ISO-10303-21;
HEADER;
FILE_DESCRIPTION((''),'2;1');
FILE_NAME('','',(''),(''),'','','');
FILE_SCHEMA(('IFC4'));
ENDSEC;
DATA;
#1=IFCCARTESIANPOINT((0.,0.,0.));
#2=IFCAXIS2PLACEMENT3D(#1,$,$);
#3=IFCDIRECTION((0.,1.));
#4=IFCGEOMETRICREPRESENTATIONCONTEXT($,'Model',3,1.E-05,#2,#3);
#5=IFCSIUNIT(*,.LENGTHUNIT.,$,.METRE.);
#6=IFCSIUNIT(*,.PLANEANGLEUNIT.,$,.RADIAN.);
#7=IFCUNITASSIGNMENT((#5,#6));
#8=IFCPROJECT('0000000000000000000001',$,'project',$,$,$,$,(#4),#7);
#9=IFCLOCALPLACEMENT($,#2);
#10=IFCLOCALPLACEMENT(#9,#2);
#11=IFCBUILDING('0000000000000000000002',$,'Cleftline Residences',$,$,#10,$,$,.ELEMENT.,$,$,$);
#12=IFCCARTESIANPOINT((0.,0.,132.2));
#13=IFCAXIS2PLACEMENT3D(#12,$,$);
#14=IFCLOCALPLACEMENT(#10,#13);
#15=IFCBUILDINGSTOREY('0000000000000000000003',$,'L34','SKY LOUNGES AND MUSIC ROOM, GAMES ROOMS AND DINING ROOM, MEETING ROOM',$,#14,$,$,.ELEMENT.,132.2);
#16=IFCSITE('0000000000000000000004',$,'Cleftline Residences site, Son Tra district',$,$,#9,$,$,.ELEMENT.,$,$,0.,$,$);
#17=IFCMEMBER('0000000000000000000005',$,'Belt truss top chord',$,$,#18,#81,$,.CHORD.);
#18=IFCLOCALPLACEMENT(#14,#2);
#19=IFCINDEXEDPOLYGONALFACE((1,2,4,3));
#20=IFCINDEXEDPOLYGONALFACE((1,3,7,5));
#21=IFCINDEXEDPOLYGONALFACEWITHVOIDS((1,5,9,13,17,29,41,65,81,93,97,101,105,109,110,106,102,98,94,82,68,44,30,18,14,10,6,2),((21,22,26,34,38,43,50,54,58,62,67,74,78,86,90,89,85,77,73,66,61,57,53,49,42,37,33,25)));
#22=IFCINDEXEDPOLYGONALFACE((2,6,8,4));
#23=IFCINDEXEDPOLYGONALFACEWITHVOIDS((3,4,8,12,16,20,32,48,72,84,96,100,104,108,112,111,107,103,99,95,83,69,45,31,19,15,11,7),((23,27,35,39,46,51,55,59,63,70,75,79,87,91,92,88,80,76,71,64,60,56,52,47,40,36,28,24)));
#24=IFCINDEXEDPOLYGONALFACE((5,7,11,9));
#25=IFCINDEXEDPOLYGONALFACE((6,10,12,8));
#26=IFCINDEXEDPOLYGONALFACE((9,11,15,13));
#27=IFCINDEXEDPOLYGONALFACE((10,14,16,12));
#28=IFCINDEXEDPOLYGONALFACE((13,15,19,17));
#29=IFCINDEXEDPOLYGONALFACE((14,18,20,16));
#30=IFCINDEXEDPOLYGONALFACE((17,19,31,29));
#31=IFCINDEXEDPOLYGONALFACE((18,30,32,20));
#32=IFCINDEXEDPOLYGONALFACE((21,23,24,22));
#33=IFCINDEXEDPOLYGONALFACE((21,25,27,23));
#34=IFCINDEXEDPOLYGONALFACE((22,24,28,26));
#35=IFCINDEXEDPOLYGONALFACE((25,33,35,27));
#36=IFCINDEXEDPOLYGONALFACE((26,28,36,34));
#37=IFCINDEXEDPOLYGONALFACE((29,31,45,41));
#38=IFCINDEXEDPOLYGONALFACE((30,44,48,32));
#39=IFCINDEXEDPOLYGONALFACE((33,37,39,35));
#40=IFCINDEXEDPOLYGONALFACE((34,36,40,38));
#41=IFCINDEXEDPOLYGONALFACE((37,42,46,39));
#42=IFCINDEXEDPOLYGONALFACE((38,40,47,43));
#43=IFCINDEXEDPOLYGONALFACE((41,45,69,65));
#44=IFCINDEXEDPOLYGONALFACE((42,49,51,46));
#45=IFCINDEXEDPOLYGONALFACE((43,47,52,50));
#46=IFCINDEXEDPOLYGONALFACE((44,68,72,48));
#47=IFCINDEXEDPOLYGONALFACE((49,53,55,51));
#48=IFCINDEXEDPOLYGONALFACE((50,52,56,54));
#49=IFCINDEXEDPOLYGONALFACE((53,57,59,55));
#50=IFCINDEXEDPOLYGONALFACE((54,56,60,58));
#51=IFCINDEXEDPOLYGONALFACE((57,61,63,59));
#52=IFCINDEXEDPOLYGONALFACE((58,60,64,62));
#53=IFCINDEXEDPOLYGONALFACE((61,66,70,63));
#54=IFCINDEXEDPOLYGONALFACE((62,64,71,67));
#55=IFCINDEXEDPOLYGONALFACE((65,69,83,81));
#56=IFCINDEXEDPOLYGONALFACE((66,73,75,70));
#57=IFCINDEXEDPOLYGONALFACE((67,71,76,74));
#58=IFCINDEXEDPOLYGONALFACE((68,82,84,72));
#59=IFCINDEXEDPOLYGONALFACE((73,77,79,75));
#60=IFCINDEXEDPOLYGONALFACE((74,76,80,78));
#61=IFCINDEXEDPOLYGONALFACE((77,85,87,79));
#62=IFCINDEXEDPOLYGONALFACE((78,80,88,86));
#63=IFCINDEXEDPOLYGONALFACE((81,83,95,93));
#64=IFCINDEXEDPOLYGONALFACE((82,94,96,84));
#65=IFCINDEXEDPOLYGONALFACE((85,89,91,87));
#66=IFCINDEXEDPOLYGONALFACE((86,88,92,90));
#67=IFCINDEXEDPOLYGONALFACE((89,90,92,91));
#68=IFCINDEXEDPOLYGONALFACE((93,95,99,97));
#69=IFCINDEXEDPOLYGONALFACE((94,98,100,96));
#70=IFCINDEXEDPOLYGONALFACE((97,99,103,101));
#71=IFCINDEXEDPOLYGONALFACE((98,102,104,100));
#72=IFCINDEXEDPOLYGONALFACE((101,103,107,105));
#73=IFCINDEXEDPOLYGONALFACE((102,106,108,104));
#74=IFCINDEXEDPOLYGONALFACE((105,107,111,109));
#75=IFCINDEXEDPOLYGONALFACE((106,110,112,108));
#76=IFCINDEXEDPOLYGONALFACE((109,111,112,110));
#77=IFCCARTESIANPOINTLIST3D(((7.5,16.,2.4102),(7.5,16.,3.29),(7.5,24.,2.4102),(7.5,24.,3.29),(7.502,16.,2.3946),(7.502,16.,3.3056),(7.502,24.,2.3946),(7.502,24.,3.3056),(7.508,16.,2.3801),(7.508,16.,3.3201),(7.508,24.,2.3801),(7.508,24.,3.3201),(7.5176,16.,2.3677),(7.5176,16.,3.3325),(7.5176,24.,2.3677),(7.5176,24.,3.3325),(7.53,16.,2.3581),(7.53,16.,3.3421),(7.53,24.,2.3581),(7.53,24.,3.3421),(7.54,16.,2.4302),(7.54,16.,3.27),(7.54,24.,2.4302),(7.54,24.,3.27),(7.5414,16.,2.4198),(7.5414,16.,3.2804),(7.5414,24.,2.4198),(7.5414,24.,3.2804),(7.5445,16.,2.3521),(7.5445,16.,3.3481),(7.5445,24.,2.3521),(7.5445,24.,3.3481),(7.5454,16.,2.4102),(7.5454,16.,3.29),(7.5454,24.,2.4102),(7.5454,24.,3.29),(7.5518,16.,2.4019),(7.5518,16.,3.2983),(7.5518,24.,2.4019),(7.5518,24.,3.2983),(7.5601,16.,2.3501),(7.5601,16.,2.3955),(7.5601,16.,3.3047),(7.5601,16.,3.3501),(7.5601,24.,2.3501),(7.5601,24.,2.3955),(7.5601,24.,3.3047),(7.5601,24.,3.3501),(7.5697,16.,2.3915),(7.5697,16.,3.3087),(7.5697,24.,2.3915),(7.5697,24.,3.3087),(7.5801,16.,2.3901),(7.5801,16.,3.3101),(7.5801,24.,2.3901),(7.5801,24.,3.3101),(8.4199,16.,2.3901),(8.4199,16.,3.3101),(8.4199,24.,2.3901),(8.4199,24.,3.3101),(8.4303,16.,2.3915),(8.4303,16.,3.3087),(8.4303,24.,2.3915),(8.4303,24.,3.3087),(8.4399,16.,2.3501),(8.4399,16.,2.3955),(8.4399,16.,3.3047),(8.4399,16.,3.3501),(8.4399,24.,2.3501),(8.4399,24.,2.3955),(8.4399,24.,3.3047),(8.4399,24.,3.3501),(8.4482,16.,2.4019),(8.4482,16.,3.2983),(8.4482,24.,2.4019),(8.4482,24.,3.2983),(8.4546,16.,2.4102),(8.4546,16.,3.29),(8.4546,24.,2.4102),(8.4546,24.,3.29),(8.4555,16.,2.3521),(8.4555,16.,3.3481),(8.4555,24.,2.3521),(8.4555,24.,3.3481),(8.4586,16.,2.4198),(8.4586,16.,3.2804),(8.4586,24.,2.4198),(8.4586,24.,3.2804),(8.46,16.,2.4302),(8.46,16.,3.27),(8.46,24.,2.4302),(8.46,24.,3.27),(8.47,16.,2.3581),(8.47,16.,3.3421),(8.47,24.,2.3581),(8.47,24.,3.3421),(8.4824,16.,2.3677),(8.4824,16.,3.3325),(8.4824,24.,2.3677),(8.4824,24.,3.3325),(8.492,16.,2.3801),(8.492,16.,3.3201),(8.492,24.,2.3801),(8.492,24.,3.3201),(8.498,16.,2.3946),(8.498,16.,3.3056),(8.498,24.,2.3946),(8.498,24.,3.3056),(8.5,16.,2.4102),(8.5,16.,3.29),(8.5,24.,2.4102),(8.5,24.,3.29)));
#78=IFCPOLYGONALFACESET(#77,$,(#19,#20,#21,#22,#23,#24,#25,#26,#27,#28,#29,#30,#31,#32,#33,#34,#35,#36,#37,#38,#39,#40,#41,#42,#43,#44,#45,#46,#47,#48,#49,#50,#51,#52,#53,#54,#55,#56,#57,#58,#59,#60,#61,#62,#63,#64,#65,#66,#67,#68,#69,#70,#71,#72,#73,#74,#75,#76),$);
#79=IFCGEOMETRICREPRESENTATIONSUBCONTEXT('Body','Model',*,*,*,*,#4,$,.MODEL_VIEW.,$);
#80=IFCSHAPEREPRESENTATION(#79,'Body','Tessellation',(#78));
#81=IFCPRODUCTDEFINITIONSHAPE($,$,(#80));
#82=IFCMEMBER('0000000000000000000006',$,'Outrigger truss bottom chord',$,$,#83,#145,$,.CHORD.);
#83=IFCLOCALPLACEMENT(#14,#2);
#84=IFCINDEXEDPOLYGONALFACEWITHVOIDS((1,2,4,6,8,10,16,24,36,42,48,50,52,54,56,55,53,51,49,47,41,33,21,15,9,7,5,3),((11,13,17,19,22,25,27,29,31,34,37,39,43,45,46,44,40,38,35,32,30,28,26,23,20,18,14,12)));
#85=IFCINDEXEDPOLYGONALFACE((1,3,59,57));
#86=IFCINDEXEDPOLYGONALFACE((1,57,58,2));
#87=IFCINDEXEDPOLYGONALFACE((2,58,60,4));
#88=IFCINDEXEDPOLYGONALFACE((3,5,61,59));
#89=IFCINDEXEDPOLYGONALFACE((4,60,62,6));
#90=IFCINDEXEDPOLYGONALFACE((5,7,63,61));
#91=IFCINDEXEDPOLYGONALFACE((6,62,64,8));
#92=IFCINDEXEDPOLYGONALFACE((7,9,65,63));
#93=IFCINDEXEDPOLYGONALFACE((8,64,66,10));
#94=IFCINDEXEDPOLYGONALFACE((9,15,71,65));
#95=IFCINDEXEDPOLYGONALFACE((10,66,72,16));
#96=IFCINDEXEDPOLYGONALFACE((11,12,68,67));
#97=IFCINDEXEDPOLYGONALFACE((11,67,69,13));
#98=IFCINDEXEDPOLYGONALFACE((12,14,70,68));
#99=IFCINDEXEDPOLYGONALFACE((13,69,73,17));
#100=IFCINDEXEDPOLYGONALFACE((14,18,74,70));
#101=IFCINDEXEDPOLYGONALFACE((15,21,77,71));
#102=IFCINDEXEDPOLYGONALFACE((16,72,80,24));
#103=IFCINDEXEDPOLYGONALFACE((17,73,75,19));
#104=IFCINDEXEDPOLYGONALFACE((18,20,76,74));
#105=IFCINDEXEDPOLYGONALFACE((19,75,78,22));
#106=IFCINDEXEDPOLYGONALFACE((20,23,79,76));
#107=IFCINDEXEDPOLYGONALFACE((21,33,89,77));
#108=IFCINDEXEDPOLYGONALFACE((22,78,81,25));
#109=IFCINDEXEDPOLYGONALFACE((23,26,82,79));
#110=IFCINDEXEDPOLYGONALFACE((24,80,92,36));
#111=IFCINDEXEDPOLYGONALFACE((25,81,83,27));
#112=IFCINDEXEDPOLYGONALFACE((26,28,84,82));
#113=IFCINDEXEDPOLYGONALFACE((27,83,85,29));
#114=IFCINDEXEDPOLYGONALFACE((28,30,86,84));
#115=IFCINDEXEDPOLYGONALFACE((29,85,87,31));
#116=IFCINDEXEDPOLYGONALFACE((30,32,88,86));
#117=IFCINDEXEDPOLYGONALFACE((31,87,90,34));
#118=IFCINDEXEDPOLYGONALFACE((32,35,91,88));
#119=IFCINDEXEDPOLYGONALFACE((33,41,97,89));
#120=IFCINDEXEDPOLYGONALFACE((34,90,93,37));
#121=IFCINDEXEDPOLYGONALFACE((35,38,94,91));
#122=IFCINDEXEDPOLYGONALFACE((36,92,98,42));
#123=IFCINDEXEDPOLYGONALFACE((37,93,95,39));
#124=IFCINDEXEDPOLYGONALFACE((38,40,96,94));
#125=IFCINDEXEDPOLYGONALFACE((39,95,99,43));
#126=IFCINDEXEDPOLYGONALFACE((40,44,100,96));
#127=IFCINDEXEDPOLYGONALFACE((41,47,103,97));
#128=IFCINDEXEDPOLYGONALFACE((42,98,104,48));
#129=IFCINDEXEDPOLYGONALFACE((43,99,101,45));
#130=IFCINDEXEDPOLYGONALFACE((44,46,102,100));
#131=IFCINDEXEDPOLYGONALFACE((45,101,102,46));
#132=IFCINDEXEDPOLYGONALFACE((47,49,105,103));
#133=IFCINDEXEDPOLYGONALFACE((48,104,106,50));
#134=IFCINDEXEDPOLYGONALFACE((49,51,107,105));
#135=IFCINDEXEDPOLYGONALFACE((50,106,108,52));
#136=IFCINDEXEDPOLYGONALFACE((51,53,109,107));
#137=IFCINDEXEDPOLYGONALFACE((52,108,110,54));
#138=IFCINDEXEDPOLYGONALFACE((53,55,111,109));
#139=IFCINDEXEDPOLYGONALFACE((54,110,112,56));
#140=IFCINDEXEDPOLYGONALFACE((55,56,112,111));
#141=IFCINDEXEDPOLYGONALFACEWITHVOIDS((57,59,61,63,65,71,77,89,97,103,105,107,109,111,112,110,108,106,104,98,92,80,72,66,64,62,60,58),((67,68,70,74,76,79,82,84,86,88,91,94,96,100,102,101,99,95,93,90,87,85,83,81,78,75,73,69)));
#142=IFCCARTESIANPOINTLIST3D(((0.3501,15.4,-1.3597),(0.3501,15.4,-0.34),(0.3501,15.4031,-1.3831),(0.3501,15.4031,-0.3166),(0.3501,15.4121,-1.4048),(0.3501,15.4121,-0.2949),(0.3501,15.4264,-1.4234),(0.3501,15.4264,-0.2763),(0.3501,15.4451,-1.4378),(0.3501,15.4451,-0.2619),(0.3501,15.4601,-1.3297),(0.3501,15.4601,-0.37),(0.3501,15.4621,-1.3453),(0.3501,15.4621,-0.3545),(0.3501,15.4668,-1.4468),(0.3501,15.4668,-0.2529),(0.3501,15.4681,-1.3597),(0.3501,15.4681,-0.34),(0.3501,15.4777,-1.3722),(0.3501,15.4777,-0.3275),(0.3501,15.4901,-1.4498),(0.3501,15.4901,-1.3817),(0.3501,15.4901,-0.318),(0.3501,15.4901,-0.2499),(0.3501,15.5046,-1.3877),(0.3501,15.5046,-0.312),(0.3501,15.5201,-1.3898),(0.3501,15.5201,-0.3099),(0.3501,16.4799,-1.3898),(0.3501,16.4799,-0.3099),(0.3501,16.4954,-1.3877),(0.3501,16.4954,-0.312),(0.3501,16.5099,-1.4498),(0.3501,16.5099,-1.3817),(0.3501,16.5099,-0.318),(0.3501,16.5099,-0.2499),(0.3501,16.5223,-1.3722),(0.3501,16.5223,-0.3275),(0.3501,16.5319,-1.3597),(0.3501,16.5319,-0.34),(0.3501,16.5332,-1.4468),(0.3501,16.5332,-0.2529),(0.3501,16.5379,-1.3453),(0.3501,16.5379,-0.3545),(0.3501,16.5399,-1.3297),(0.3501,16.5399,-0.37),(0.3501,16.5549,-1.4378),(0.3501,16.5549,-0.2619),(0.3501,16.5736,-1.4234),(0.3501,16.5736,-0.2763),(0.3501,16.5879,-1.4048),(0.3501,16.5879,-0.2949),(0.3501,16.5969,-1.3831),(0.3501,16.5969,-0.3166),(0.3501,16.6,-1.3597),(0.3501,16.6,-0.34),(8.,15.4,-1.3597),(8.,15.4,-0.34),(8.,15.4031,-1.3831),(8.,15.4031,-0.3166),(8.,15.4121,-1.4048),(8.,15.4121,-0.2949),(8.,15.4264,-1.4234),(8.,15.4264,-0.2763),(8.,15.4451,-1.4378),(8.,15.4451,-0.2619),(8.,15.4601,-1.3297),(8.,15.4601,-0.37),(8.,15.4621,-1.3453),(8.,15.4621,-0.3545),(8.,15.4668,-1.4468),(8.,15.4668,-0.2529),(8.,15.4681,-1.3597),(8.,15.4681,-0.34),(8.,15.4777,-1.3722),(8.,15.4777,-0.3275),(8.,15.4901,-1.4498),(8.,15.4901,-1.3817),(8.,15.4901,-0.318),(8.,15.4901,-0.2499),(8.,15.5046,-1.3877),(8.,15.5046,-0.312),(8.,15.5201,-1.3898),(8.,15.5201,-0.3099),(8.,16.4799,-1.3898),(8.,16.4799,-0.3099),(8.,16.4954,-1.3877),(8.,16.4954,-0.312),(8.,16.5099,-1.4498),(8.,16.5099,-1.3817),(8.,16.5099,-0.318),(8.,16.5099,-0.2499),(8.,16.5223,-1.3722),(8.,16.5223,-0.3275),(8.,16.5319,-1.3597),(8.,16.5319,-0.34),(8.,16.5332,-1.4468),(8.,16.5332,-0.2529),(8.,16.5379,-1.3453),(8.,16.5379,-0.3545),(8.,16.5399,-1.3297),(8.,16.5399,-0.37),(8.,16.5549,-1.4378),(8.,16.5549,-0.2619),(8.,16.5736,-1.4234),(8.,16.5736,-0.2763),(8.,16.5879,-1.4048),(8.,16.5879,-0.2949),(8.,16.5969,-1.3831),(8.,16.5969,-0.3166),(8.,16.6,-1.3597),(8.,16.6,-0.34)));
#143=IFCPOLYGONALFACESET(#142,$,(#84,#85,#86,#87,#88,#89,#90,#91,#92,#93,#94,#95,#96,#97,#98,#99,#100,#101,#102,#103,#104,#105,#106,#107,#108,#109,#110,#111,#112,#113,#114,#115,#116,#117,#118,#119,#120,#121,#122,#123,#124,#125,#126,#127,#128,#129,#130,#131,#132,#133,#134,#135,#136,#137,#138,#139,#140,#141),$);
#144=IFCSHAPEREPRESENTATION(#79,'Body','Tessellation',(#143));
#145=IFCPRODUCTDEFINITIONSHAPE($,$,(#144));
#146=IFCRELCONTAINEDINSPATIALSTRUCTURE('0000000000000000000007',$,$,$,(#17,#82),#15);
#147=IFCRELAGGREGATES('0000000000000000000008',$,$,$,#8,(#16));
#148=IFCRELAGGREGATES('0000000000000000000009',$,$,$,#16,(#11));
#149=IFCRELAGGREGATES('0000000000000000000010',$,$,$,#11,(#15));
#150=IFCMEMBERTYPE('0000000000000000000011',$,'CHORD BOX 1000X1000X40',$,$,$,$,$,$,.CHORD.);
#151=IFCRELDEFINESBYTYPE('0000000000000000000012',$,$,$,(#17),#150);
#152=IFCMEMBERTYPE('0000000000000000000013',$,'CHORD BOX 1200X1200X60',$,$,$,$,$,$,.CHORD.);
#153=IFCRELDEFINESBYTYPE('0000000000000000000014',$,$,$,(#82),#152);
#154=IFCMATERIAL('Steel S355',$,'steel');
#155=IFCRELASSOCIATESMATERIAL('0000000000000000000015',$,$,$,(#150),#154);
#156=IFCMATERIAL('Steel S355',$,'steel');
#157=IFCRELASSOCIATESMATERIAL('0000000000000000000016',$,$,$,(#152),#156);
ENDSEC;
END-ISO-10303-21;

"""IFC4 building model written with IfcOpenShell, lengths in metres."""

from ifc_helpers import new_model, si_unit, direction, frame, origin, origin_2d, place, context, subcontext, project, spatial, hollow_rectangle, extrude, material, material_profile, profile_set, type_object, element, save


model = new_model("IFC4")

# Units and contexts
model_context = context("Model", 3, precision=1e-05, world=origin(), true_north=direction((0.0, 1.0)))
body_context = subcontext(model_context, "Body", "Model", "MODEL_VIEW")
ifc_project = project(units=[si_unit("LENGTHUNIT", "METRE"), si_unit("PLANEANGLEUNIT", "RADIAN")], contexts=[model_context])

# Site, building, storey
site_placement = place(None, origin())
site = spatial("IfcSite", under=ifc_project, at=site_placement, Name="Cleftline Residences site, Son Tra district", CompositionType="ELEMENT", RefElevation=0.0)
building_placement = place(site_placement, origin())
building = spatial("IfcBuilding", under=site, at=building_placement, Name="Cleftline Residences", CompositionType="ELEMENT")
storey_placement = place(building_placement, frame((0.0, 0.0, 132.2)))
storey = spatial("IfcBuildingStorey", under=building, at=storey_placement, Name="L34", Description="SKY LOUNGES AND MUSIC ROOM, GAMES ROOMS AND DINING ROOM, MEETING ROOM", CompositionType="ELEMENT", Elevation=132.2)

# Members
ifc_material_1 = material(Name="Steel S355", Category="steel")
ifc_material_profile_1 = material_profile(ifc_material_1, hollow_rectangle(XDim=1.0, YDim=1.0, WallThickness=0.04, InnerFilletRadius=0.04, OuterFilletRadius=0.0601, at=origin_2d()))
ifc_profile_set_1 = profile_set([ifc_material_profile_1], Name="Steel S355")
member_type_1 = type_object("IfcMemberType", Name="CHORD BOX 1000X1000X40", PredefinedType="CHORD", material=ifc_profile_set_1)
for number, where, z_axis, x_axis, name in (
    (1, (8.0, 16.0, 2.8501), (0.0, 1.0, 0.0), (-1.0, 0.0, 0.0), "Belt truss top chord"),
):
    element("IfcMember", number, at=place(storey_placement, frame(where, z_axis=z_axis, x_axis=x_axis)), inside=storey, type_object=member_type_1, Name=name, PredefinedType="CHORD", context=body_context, shape_type="SweptSolid", body=[
        extrude(hollow_rectangle(XDim=1.0, YDim=1.0, WallThickness=0.04, InnerFilletRadius=0.04, OuterFilletRadius=0.0601, at=origin_2d()), origin(), (0.0, 0.0, 1.0), 8.0),
    ])
ifc_material_2 = material(Name="Steel S355", Category="steel")
ifc_material_profile_2 = material_profile(ifc_material_2, hollow_rectangle(XDim=1.2, YDim=1.2, WallThickness=0.0601, InnerFilletRadius=0.0601, OuterFilletRadius=0.0901, at=origin_2d()))
ifc_profile_set_2 = profile_set([ifc_material_profile_2], Name="Steel S355")
member_type_2 = type_object("IfcMemberType", Name="CHORD BOX 1200X1200X60", PredefinedType="CHORD", material=ifc_profile_set_2)
for number, where, z_axis, x_axis, name in (
    (2, (8.0, 16.0, -0.8499), (-1.0, 0.0, 0.0), (0.0, -1.0, 0.0), "Outrigger truss bottom chord"),
):
    element("IfcMember", number, at=place(storey_placement, frame(where, z_axis=z_axis, x_axis=x_axis)), inside=storey, type_object=member_type_2, Name=name, PredefinedType="CHORD", context=body_context, shape_type="SweptSolid", body=[
        extrude(hollow_rectangle(XDim=1.2, YDim=1.2, WallThickness=0.0601, InnerFilletRadius=0.0601, OuterFilletRadius=0.0901, at=origin_2d()), origin(), (0.0, 0.0, 1.0), 7.6499),
    ])

save(model, "model.ifc")
